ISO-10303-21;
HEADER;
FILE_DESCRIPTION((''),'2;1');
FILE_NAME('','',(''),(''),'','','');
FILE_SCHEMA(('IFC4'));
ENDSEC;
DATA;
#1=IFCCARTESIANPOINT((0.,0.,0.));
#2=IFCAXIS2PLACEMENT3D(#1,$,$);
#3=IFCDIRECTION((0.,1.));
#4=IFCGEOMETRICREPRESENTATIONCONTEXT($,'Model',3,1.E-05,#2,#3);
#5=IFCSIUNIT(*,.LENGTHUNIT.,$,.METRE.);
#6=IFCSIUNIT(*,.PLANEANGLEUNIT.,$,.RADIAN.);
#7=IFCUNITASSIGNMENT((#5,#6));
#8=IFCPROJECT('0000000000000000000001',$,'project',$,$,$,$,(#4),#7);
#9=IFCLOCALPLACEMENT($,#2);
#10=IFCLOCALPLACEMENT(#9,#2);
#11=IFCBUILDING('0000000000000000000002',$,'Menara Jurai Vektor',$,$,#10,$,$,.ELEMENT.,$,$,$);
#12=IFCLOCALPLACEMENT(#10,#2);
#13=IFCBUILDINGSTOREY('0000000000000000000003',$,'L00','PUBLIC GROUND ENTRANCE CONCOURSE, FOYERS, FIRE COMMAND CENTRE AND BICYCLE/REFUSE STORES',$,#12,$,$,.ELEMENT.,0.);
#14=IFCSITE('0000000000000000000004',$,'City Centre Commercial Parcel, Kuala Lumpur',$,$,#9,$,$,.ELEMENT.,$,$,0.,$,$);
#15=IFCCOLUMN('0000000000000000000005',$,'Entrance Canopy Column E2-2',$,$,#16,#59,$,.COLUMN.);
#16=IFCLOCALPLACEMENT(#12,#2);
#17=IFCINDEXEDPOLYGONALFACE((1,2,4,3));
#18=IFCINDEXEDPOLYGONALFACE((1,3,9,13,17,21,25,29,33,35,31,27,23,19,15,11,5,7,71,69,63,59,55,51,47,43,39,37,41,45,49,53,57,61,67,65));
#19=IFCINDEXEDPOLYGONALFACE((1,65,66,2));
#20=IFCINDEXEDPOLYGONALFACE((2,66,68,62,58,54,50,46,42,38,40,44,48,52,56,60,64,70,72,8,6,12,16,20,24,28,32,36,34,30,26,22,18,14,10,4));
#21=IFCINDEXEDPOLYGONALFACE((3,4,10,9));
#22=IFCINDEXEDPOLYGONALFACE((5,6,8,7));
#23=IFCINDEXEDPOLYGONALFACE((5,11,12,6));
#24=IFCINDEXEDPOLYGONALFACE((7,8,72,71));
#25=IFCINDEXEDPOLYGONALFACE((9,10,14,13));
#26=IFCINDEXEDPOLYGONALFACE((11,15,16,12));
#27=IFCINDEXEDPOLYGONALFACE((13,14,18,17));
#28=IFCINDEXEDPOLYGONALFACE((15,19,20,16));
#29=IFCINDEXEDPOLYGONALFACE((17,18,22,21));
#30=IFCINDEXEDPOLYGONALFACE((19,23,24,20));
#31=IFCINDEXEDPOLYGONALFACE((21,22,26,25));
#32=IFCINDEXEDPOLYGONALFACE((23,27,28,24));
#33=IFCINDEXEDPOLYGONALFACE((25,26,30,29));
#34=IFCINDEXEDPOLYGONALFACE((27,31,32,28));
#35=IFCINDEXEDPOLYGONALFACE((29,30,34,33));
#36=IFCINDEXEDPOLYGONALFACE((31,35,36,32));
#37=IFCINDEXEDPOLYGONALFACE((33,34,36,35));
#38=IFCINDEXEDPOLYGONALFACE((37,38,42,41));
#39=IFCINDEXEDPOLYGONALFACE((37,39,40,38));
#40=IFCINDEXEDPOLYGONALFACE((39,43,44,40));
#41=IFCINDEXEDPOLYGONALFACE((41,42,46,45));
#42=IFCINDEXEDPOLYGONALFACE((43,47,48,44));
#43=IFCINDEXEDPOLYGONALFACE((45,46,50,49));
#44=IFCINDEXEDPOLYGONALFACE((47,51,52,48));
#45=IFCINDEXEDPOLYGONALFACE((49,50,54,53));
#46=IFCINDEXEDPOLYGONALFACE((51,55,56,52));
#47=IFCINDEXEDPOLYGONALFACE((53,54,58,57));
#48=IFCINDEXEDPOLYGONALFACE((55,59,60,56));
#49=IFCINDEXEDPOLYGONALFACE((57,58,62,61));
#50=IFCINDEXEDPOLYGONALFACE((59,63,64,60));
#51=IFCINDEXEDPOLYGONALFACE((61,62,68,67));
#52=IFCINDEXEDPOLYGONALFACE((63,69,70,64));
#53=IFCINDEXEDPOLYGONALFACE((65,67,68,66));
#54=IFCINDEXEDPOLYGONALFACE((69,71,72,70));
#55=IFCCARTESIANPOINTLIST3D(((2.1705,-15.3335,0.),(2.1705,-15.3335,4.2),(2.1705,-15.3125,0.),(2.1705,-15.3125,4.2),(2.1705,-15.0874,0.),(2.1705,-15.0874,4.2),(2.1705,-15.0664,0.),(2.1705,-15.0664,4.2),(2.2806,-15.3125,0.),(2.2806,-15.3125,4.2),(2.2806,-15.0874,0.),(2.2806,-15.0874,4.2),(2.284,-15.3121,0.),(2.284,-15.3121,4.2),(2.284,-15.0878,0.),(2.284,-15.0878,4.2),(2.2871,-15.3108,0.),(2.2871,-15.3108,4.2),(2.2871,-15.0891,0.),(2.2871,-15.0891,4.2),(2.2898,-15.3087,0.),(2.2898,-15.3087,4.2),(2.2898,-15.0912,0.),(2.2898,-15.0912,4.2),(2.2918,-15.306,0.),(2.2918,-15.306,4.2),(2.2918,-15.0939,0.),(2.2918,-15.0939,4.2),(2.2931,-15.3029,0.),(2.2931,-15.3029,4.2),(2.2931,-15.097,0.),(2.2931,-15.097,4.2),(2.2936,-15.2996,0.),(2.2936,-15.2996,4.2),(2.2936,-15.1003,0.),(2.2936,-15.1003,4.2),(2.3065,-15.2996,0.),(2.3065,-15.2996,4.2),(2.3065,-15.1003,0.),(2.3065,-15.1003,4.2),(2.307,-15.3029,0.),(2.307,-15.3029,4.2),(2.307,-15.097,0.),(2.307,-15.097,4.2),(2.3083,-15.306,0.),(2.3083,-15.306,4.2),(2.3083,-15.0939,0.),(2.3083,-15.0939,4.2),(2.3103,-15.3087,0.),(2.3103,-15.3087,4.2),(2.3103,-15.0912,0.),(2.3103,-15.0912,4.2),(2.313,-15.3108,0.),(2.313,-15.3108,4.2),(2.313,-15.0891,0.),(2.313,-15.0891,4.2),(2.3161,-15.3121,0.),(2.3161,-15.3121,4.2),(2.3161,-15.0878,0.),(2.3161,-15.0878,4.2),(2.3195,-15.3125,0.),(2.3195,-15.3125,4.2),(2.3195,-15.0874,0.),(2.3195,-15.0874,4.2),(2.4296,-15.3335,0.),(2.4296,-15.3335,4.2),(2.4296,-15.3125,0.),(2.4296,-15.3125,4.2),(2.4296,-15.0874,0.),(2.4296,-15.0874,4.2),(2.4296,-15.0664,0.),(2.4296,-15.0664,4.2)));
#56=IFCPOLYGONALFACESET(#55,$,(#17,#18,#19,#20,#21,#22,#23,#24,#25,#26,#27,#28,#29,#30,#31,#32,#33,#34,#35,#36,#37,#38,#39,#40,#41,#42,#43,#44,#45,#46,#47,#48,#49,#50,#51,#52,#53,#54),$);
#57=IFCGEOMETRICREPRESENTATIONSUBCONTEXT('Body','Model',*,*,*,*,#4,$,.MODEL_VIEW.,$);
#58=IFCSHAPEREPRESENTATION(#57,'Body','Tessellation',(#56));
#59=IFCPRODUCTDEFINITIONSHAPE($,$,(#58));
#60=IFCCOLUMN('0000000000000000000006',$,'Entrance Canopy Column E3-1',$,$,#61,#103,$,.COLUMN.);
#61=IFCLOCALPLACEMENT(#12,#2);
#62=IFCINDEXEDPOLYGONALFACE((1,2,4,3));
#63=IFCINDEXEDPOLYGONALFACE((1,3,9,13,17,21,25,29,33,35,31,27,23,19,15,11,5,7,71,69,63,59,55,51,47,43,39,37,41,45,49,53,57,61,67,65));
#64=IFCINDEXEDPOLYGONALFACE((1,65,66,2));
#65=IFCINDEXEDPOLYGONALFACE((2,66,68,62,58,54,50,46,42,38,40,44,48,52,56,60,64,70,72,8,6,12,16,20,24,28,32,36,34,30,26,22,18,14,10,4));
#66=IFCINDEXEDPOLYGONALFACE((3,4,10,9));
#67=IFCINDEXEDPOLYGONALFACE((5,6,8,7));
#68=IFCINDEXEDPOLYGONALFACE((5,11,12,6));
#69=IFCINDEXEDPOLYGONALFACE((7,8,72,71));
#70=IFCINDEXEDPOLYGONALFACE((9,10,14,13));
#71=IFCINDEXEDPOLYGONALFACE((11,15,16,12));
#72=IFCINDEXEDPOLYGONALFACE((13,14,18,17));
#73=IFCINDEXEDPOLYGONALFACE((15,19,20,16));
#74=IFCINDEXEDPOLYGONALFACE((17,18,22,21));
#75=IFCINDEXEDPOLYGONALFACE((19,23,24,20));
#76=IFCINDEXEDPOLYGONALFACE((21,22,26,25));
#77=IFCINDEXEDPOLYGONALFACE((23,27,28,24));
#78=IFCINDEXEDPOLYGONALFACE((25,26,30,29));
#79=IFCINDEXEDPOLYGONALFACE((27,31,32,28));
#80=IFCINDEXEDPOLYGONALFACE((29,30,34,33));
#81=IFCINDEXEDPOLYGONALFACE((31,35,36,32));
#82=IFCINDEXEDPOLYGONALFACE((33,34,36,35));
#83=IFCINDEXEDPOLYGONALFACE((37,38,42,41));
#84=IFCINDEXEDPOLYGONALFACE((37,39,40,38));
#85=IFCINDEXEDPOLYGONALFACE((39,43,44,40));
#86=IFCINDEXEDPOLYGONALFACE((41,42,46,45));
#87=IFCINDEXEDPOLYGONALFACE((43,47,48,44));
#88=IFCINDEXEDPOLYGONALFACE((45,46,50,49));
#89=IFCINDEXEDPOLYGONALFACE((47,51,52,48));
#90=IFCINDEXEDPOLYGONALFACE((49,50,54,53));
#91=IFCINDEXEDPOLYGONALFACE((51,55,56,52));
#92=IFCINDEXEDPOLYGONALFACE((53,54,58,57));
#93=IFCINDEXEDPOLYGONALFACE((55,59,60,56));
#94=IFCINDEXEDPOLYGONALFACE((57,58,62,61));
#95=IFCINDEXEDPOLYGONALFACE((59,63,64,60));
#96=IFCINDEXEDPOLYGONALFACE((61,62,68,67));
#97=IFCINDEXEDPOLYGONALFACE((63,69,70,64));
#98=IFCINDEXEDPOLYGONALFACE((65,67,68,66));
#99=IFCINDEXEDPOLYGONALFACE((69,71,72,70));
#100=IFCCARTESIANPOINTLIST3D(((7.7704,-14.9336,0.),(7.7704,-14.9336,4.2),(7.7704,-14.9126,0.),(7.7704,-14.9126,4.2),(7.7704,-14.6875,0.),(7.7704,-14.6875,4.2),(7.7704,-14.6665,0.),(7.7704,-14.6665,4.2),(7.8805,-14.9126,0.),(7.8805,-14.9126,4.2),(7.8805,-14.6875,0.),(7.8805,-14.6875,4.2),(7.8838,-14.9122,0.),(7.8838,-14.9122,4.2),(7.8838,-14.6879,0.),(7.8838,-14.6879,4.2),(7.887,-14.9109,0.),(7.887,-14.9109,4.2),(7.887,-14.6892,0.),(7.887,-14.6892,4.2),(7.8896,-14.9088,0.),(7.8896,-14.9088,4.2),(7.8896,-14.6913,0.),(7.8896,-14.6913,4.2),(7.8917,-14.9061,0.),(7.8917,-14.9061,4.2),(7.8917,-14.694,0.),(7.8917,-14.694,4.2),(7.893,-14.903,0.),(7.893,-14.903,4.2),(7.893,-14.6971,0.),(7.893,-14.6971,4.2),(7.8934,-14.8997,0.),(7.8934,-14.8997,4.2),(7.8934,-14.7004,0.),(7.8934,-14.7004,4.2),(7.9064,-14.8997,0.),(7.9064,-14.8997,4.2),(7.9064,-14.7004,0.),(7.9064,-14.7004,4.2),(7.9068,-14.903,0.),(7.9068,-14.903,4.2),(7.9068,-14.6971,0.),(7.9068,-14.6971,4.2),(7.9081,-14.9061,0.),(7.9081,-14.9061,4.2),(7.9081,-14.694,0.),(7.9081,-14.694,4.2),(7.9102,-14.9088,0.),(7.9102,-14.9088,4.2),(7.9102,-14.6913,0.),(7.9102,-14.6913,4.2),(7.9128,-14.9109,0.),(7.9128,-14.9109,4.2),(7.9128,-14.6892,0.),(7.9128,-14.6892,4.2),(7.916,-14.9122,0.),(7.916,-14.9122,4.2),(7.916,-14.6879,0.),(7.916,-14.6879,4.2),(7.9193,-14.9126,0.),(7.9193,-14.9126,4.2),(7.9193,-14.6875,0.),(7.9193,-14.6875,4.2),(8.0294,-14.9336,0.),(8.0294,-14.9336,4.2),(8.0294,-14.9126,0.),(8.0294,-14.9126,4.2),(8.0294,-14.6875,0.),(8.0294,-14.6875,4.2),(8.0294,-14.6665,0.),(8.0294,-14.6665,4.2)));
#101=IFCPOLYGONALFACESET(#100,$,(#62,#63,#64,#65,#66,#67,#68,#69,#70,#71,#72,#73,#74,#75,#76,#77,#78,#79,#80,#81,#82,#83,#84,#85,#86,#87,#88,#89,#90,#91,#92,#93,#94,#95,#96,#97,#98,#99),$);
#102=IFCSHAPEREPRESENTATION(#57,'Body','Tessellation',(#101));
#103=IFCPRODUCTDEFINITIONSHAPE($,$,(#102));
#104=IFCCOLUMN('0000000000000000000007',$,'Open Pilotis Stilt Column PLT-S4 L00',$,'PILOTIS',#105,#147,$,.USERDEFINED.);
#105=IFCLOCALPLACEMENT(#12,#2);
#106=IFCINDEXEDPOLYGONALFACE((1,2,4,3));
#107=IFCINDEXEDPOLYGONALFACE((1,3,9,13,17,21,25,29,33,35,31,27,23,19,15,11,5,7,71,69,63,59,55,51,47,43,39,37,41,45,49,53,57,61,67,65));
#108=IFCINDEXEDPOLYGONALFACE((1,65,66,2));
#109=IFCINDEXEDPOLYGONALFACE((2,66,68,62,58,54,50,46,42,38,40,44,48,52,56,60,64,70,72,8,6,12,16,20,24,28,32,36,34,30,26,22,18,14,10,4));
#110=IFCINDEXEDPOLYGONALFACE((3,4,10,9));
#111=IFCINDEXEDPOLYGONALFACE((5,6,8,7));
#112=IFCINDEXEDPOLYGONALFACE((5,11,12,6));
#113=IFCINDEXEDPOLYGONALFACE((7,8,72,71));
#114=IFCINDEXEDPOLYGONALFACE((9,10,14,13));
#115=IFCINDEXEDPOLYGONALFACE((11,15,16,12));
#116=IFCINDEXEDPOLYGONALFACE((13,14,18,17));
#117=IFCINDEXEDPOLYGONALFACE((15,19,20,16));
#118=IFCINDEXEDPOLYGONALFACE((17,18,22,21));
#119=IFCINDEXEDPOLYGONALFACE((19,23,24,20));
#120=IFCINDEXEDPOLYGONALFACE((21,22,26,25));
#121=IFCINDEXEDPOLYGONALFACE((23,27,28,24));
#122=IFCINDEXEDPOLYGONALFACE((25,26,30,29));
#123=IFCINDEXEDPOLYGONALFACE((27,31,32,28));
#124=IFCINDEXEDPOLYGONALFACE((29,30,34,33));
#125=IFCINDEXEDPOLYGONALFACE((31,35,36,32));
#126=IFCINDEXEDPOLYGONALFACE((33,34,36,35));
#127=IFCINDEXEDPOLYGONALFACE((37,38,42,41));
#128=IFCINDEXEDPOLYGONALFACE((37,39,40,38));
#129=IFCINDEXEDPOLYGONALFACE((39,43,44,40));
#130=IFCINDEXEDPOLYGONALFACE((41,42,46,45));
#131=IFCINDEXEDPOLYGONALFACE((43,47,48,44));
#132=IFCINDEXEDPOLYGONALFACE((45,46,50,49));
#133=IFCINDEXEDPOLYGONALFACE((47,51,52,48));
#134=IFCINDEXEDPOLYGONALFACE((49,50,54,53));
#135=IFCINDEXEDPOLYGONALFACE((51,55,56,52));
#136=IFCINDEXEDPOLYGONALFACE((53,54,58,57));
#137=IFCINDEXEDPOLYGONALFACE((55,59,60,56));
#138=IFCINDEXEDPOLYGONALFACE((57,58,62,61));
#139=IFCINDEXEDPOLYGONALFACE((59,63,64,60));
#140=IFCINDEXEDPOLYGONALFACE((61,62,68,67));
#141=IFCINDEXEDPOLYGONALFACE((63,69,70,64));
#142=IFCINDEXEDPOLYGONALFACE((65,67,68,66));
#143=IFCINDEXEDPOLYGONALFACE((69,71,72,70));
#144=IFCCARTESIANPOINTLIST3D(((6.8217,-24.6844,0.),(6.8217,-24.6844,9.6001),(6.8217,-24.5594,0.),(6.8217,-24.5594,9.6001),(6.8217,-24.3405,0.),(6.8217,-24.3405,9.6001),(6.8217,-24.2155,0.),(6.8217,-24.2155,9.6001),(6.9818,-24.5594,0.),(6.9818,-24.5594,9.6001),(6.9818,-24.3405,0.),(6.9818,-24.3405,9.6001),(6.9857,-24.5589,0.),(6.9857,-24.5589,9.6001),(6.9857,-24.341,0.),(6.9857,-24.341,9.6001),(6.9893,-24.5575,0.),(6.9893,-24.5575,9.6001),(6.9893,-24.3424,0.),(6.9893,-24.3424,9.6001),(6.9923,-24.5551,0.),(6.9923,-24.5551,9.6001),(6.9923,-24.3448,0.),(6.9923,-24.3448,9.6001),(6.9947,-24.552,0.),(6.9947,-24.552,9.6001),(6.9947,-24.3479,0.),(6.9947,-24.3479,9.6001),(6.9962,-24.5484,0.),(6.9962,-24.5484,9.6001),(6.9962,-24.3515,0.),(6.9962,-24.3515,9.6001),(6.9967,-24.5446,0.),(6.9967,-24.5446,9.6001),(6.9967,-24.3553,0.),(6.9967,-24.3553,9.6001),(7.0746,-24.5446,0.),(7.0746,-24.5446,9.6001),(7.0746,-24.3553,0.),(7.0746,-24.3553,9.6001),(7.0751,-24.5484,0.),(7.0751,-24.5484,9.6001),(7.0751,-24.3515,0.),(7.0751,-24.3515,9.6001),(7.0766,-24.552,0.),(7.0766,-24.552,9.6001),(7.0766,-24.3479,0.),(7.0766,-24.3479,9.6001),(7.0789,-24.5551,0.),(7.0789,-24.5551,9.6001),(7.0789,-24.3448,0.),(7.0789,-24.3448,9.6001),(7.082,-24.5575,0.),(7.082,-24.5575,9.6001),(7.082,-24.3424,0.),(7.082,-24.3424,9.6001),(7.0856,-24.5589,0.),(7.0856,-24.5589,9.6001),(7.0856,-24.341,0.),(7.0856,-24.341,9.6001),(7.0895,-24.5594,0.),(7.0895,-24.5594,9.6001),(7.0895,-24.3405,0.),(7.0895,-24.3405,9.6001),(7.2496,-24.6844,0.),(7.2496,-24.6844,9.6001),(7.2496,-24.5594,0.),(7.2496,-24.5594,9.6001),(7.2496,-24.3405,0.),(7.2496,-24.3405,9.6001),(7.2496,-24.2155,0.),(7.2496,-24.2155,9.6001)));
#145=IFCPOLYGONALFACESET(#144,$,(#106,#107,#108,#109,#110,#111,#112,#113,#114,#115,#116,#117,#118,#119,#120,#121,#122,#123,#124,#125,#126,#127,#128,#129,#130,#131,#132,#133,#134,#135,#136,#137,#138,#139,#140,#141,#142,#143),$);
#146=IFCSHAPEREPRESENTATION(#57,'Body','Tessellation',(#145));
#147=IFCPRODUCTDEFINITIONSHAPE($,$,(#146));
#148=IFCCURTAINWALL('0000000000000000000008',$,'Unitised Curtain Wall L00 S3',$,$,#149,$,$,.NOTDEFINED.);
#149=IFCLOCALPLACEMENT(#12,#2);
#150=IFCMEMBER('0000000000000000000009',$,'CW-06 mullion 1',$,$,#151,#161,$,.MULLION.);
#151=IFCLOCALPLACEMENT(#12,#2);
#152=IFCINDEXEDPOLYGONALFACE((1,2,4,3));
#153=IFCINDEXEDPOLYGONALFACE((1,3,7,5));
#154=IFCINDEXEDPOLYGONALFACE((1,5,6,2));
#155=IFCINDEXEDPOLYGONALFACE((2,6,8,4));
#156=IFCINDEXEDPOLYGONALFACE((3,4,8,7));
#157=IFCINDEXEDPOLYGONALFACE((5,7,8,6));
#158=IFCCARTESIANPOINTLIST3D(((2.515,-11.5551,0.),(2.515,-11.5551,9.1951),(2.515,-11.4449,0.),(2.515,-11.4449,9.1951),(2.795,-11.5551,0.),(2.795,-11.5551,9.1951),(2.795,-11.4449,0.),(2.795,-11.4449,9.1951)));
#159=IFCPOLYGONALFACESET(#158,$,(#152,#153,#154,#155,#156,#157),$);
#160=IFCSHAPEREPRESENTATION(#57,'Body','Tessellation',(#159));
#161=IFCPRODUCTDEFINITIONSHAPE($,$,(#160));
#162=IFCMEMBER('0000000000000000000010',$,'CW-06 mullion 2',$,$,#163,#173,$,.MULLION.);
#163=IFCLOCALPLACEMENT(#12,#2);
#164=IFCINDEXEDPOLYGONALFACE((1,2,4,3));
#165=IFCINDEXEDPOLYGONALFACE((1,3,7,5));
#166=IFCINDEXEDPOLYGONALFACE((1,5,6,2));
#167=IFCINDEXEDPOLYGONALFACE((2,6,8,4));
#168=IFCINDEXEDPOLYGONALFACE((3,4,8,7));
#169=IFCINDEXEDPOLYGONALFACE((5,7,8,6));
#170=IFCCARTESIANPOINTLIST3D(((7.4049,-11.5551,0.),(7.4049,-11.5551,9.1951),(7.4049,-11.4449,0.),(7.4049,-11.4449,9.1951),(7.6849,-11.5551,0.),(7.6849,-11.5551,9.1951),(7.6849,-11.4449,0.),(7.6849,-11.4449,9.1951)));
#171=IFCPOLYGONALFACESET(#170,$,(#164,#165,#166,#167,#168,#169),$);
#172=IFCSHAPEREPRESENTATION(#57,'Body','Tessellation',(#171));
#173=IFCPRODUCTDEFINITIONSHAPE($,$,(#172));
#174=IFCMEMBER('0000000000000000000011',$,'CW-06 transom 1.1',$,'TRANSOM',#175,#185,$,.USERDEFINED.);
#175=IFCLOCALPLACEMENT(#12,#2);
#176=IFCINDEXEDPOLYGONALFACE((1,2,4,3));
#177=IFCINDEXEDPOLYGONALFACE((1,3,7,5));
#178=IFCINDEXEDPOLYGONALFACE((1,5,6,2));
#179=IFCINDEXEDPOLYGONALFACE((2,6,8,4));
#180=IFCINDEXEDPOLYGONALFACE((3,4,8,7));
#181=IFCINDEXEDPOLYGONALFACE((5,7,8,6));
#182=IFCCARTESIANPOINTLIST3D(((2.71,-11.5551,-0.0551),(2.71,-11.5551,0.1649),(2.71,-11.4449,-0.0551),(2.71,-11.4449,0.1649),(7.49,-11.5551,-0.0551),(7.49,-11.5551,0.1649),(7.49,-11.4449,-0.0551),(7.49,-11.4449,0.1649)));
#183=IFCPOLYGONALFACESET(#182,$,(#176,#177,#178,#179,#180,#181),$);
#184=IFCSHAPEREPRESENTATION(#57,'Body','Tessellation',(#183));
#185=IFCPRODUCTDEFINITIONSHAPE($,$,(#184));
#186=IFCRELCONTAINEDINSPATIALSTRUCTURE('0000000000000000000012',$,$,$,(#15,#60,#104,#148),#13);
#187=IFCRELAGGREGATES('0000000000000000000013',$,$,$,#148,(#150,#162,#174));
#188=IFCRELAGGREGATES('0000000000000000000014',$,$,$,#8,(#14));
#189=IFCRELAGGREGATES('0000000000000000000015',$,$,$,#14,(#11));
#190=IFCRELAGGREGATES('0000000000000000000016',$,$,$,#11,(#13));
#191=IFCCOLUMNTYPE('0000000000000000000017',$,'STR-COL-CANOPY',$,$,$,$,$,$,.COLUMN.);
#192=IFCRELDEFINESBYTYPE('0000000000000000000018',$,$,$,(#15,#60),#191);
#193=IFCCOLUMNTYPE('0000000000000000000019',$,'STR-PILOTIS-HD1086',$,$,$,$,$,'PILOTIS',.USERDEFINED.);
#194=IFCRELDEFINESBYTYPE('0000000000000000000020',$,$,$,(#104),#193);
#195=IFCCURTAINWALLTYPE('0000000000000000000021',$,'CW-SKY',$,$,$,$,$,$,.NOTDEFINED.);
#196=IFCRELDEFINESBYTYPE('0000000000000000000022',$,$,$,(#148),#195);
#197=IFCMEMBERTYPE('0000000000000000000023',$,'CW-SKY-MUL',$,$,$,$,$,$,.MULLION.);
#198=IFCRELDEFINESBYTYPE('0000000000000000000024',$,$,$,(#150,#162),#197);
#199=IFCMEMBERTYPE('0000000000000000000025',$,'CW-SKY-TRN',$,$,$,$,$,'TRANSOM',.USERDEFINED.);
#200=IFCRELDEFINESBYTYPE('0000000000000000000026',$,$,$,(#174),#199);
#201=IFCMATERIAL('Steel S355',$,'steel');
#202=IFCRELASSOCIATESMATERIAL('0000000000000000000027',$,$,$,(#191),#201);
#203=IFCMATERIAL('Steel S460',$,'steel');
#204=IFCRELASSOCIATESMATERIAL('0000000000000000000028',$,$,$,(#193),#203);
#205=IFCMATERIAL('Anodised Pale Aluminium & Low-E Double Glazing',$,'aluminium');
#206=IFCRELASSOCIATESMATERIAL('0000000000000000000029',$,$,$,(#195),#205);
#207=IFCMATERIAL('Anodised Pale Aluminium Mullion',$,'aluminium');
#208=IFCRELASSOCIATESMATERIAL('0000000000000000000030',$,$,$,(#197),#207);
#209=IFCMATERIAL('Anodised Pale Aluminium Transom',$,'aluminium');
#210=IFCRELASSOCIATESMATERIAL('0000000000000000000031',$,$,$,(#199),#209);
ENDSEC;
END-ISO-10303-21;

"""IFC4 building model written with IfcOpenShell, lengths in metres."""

from ifc_helpers import new_model, si_unit, direction, frame, origin, origin_2d, place, context, subcontext, project, spatial, rectangle, i_section, extrude, material, material_profile, profile_set, type_object, element, aggregate, save


model = new_model("IFC4")

# Units and contexts
model_context = context("Model", 3, precision=1e-05, world=origin(), true_north=direction((0.0, 1.0)))
body_context = subcontext(model_context, "Body", "Model", "MODEL_VIEW")
ifc_project = project(units=[si_unit("LENGTHUNIT", "METRE"), si_unit("PLANEANGLEUNIT", "RADIAN")], contexts=[model_context])

# Site, building, storey
site_placement = place(None, origin())
site = spatial("IfcSite", under=ifc_project, at=site_placement, Name="City Centre Commercial Parcel, Kuala Lumpur", CompositionType="ELEMENT", RefElevation=0.0)
building_placement = place(site_placement, origin())
building = spatial("IfcBuilding", under=site, at=building_placement, Name="Menara Jurai Vektor", CompositionType="ELEMENT")
storey_placement = place(building_placement, origin())
storey = spatial("IfcBuildingStorey", under=building, at=storey_placement, Name="L00", Description="PUBLIC GROUND ENTRANCE CONCOURSE, FOYERS, FIRE COMMAND CENTRE AND BICYCLE/REFUSE STORES", CompositionType="ELEMENT", Elevation=0.0)

# Columns
ifc_material_1 = material(Name="Steel S355", Category="steel")
ifc_material_profile_1 = material_profile(ifc_material_1, i_section(OverallWidth=0.259, OverallDepth=0.2671, WebThickness=0.0129, FlangeThickness=0.021, FilletRadius=0.0129, at=origin_2d()), Name="UKC 254x254x107")
ifc_profile_set_1 = profile_set([ifc_material_profile_1], Name="Steel S355")
column_type_1 = type_object("IfcColumnType", Name="STR-COL-CANOPY", PredefinedType="COLUMN", material=ifc_profile_set_1)
for number, where, z_axis, x_axis, name in (
    (1, (2.3, -15.2, 0.0), (0.0, 0.0, 1.0), (1.0, 0.0, 0.0), "Entrance Canopy Column E2-2"),
    (2, (7.8999, -14.8, 0.0), (0.0, 0.0, 1.0), (1.0, 0.0, 0.0), "Entrance Canopy Column E3-1"),
):
    element("IfcColumn", number, at=place(storey_placement, frame(where, z_axis=z_axis, x_axis=x_axis)), inside=storey, type_object=column_type_1, Name=name, PredefinedType="COLUMN", context=body_context, shape_type="SweptSolid", body=[
        extrude(i_section(OverallWidth=0.259, OverallDepth=0.2671, WebThickness=0.0129, FlangeThickness=0.021, FilletRadius=0.0129, at=origin_2d()), origin(), (0.0, 0.0, 1.0), 4.2),
    ])
ifc_material_2 = material(Name="Steel S460", Category="steel")
ifc_material_profile_2 = material_profile(ifc_material_2, i_section(OverallWidth=0.428, OverallDepth=0.469, WebThickness=0.0779, FlangeThickness=0.125, FilletRadius=0.0149, at=origin_2d()), Name="HD 400x1086")
ifc_profile_set_2 = profile_set([ifc_material_profile_2], Name="Steel S460")
column_type_2 = type_object("IfcColumnType", Name="STR-PILOTIS-HD1086", ElementType="PILOTIS", PredefinedType="USERDEFINED", material=ifc_profile_set_2)
column_placement = place(storey_placement, frame((7.0356, -24.45, 0.0), z_axis=(0.0, 0.0, 1.0), x_axis=(1.0, 0.0, 0.0)))
element("IfcColumn", 3, at=column_placement, inside=storey, type_object=column_type_2, Name="Open Pilotis Stilt Column PLT-S4 L00", ObjectType="PILOTIS", PredefinedType="USERDEFINED", context=body_context, shape_type="SweptSolid", body=[
    extrude(i_section(OverallWidth=0.428, OverallDepth=0.469, WebThickness=0.0779, FlangeThickness=0.125, FilletRadius=0.0149, at=origin_2d()), origin(), (0.0, 0.0, 1.0), 9.6001),
])

# Curtain wall, members
ifc_material_3 = material(Name="Anodised Pale Aluminium & Low-E Double Glazing", Category="aluminium")
curtain_wall_type = type_object("IfcCurtainWallType", Name="CW-SKY", PredefinedType="NOTDEFINED", material=ifc_material_3)
curtain_wall_placement = place(storey_placement, origin())
curtain_wall = element("IfcCurtainWall", 4, at=curtain_wall_placement, inside=storey, type_object=curtain_wall_type, Name="Unitised Curtain Wall L00 S3", PredefinedType="NOTDEFINED")
ifc_material_4 = material(Name="Anodised Pale Aluminium Mullion", Category="aluminium")
ifc_material_profile_3 = material_profile(ifc_material_4, rectangle(XDim=0.1101, YDim=0.28, at=origin_2d()), Name="ALU MUL 110x280")
ifc_profile_set_3 = profile_set([ifc_material_profile_3], Name="Anodised Pale Aluminium Mullion")
member_type_1 = type_object("IfcMemberType", Name="CW-SKY-MUL", PredefinedType="MULLION", material=ifc_profile_set_3)
member_1_placement = place(storey_placement, frame((2.655, -11.5, 0.0), z_axis=(0.0, 0.0, 1.0), x_axis=(0.0, 1.0, 0.0)))
member_1 = element("IfcMember", 5, at=member_1_placement, type_object=member_type_1, Name="CW-06 mullion 1", PredefinedType="MULLION", context=body_context, shape_type="SweptSolid", body=[
    extrude(rectangle(XDim=0.1101, YDim=0.28, at=origin_2d()), origin(), (0.0, 0.0, 1.0), 9.1951),
])
member_2_placement = place(storey_placement, frame((7.5449, -11.5, 0.0), z_axis=(0.0, 0.0, 1.0), x_axis=(0.0, 1.0, 0.0)))
member_2 = element("IfcMember", 6, at=member_2_placement, type_object=member_type_1, Name="CW-06 mullion 2", PredefinedType="MULLION", context=body_context, shape_type="SweptSolid", body=[
    extrude(rectangle(XDim=0.1101, YDim=0.28, at=origin_2d()), origin(), (0.0, 0.0, 1.0), 9.1951),
])
ifc_material_5 = material(Name="Anodised Pale Aluminium Transom", Category="aluminium")
ifc_material_profile_4 = material_profile(ifc_material_5, rectangle(XDim=0.1101, YDim=0.22, at=origin_2d()), Name="ALU TRN 110x220")
ifc_profile_set_4 = profile_set([ifc_material_profile_4], Name="Anodised Pale Aluminium Transom")
member_type_2 = type_object("IfcMemberType", Name="CW-SKY-TRN", ElementType="TRANSOM", PredefinedType="USERDEFINED", material=ifc_profile_set_4)
member_3_placement = place(storey_placement, frame((2.71, -11.5, 0.0549), z_axis=(1.0, 0.0, 0.0), x_axis=(0.0, 1.0, 0.0)))
member_3 = element("IfcMember", 7, at=member_3_placement, type_object=member_type_2, Name="CW-06 transom 1.1", ObjectType="TRANSOM", PredefinedType="USERDEFINED", context=body_context, shape_type="SweptSolid", body=[
    extrude(rectangle(XDim=0.1101, YDim=0.22, at=origin_2d()), origin(), (0.0, 0.0, 1.0), 4.78),
])

aggregate(curtain_wall, [member_1, member_2, member_3])

save(model, "model.ifc")
